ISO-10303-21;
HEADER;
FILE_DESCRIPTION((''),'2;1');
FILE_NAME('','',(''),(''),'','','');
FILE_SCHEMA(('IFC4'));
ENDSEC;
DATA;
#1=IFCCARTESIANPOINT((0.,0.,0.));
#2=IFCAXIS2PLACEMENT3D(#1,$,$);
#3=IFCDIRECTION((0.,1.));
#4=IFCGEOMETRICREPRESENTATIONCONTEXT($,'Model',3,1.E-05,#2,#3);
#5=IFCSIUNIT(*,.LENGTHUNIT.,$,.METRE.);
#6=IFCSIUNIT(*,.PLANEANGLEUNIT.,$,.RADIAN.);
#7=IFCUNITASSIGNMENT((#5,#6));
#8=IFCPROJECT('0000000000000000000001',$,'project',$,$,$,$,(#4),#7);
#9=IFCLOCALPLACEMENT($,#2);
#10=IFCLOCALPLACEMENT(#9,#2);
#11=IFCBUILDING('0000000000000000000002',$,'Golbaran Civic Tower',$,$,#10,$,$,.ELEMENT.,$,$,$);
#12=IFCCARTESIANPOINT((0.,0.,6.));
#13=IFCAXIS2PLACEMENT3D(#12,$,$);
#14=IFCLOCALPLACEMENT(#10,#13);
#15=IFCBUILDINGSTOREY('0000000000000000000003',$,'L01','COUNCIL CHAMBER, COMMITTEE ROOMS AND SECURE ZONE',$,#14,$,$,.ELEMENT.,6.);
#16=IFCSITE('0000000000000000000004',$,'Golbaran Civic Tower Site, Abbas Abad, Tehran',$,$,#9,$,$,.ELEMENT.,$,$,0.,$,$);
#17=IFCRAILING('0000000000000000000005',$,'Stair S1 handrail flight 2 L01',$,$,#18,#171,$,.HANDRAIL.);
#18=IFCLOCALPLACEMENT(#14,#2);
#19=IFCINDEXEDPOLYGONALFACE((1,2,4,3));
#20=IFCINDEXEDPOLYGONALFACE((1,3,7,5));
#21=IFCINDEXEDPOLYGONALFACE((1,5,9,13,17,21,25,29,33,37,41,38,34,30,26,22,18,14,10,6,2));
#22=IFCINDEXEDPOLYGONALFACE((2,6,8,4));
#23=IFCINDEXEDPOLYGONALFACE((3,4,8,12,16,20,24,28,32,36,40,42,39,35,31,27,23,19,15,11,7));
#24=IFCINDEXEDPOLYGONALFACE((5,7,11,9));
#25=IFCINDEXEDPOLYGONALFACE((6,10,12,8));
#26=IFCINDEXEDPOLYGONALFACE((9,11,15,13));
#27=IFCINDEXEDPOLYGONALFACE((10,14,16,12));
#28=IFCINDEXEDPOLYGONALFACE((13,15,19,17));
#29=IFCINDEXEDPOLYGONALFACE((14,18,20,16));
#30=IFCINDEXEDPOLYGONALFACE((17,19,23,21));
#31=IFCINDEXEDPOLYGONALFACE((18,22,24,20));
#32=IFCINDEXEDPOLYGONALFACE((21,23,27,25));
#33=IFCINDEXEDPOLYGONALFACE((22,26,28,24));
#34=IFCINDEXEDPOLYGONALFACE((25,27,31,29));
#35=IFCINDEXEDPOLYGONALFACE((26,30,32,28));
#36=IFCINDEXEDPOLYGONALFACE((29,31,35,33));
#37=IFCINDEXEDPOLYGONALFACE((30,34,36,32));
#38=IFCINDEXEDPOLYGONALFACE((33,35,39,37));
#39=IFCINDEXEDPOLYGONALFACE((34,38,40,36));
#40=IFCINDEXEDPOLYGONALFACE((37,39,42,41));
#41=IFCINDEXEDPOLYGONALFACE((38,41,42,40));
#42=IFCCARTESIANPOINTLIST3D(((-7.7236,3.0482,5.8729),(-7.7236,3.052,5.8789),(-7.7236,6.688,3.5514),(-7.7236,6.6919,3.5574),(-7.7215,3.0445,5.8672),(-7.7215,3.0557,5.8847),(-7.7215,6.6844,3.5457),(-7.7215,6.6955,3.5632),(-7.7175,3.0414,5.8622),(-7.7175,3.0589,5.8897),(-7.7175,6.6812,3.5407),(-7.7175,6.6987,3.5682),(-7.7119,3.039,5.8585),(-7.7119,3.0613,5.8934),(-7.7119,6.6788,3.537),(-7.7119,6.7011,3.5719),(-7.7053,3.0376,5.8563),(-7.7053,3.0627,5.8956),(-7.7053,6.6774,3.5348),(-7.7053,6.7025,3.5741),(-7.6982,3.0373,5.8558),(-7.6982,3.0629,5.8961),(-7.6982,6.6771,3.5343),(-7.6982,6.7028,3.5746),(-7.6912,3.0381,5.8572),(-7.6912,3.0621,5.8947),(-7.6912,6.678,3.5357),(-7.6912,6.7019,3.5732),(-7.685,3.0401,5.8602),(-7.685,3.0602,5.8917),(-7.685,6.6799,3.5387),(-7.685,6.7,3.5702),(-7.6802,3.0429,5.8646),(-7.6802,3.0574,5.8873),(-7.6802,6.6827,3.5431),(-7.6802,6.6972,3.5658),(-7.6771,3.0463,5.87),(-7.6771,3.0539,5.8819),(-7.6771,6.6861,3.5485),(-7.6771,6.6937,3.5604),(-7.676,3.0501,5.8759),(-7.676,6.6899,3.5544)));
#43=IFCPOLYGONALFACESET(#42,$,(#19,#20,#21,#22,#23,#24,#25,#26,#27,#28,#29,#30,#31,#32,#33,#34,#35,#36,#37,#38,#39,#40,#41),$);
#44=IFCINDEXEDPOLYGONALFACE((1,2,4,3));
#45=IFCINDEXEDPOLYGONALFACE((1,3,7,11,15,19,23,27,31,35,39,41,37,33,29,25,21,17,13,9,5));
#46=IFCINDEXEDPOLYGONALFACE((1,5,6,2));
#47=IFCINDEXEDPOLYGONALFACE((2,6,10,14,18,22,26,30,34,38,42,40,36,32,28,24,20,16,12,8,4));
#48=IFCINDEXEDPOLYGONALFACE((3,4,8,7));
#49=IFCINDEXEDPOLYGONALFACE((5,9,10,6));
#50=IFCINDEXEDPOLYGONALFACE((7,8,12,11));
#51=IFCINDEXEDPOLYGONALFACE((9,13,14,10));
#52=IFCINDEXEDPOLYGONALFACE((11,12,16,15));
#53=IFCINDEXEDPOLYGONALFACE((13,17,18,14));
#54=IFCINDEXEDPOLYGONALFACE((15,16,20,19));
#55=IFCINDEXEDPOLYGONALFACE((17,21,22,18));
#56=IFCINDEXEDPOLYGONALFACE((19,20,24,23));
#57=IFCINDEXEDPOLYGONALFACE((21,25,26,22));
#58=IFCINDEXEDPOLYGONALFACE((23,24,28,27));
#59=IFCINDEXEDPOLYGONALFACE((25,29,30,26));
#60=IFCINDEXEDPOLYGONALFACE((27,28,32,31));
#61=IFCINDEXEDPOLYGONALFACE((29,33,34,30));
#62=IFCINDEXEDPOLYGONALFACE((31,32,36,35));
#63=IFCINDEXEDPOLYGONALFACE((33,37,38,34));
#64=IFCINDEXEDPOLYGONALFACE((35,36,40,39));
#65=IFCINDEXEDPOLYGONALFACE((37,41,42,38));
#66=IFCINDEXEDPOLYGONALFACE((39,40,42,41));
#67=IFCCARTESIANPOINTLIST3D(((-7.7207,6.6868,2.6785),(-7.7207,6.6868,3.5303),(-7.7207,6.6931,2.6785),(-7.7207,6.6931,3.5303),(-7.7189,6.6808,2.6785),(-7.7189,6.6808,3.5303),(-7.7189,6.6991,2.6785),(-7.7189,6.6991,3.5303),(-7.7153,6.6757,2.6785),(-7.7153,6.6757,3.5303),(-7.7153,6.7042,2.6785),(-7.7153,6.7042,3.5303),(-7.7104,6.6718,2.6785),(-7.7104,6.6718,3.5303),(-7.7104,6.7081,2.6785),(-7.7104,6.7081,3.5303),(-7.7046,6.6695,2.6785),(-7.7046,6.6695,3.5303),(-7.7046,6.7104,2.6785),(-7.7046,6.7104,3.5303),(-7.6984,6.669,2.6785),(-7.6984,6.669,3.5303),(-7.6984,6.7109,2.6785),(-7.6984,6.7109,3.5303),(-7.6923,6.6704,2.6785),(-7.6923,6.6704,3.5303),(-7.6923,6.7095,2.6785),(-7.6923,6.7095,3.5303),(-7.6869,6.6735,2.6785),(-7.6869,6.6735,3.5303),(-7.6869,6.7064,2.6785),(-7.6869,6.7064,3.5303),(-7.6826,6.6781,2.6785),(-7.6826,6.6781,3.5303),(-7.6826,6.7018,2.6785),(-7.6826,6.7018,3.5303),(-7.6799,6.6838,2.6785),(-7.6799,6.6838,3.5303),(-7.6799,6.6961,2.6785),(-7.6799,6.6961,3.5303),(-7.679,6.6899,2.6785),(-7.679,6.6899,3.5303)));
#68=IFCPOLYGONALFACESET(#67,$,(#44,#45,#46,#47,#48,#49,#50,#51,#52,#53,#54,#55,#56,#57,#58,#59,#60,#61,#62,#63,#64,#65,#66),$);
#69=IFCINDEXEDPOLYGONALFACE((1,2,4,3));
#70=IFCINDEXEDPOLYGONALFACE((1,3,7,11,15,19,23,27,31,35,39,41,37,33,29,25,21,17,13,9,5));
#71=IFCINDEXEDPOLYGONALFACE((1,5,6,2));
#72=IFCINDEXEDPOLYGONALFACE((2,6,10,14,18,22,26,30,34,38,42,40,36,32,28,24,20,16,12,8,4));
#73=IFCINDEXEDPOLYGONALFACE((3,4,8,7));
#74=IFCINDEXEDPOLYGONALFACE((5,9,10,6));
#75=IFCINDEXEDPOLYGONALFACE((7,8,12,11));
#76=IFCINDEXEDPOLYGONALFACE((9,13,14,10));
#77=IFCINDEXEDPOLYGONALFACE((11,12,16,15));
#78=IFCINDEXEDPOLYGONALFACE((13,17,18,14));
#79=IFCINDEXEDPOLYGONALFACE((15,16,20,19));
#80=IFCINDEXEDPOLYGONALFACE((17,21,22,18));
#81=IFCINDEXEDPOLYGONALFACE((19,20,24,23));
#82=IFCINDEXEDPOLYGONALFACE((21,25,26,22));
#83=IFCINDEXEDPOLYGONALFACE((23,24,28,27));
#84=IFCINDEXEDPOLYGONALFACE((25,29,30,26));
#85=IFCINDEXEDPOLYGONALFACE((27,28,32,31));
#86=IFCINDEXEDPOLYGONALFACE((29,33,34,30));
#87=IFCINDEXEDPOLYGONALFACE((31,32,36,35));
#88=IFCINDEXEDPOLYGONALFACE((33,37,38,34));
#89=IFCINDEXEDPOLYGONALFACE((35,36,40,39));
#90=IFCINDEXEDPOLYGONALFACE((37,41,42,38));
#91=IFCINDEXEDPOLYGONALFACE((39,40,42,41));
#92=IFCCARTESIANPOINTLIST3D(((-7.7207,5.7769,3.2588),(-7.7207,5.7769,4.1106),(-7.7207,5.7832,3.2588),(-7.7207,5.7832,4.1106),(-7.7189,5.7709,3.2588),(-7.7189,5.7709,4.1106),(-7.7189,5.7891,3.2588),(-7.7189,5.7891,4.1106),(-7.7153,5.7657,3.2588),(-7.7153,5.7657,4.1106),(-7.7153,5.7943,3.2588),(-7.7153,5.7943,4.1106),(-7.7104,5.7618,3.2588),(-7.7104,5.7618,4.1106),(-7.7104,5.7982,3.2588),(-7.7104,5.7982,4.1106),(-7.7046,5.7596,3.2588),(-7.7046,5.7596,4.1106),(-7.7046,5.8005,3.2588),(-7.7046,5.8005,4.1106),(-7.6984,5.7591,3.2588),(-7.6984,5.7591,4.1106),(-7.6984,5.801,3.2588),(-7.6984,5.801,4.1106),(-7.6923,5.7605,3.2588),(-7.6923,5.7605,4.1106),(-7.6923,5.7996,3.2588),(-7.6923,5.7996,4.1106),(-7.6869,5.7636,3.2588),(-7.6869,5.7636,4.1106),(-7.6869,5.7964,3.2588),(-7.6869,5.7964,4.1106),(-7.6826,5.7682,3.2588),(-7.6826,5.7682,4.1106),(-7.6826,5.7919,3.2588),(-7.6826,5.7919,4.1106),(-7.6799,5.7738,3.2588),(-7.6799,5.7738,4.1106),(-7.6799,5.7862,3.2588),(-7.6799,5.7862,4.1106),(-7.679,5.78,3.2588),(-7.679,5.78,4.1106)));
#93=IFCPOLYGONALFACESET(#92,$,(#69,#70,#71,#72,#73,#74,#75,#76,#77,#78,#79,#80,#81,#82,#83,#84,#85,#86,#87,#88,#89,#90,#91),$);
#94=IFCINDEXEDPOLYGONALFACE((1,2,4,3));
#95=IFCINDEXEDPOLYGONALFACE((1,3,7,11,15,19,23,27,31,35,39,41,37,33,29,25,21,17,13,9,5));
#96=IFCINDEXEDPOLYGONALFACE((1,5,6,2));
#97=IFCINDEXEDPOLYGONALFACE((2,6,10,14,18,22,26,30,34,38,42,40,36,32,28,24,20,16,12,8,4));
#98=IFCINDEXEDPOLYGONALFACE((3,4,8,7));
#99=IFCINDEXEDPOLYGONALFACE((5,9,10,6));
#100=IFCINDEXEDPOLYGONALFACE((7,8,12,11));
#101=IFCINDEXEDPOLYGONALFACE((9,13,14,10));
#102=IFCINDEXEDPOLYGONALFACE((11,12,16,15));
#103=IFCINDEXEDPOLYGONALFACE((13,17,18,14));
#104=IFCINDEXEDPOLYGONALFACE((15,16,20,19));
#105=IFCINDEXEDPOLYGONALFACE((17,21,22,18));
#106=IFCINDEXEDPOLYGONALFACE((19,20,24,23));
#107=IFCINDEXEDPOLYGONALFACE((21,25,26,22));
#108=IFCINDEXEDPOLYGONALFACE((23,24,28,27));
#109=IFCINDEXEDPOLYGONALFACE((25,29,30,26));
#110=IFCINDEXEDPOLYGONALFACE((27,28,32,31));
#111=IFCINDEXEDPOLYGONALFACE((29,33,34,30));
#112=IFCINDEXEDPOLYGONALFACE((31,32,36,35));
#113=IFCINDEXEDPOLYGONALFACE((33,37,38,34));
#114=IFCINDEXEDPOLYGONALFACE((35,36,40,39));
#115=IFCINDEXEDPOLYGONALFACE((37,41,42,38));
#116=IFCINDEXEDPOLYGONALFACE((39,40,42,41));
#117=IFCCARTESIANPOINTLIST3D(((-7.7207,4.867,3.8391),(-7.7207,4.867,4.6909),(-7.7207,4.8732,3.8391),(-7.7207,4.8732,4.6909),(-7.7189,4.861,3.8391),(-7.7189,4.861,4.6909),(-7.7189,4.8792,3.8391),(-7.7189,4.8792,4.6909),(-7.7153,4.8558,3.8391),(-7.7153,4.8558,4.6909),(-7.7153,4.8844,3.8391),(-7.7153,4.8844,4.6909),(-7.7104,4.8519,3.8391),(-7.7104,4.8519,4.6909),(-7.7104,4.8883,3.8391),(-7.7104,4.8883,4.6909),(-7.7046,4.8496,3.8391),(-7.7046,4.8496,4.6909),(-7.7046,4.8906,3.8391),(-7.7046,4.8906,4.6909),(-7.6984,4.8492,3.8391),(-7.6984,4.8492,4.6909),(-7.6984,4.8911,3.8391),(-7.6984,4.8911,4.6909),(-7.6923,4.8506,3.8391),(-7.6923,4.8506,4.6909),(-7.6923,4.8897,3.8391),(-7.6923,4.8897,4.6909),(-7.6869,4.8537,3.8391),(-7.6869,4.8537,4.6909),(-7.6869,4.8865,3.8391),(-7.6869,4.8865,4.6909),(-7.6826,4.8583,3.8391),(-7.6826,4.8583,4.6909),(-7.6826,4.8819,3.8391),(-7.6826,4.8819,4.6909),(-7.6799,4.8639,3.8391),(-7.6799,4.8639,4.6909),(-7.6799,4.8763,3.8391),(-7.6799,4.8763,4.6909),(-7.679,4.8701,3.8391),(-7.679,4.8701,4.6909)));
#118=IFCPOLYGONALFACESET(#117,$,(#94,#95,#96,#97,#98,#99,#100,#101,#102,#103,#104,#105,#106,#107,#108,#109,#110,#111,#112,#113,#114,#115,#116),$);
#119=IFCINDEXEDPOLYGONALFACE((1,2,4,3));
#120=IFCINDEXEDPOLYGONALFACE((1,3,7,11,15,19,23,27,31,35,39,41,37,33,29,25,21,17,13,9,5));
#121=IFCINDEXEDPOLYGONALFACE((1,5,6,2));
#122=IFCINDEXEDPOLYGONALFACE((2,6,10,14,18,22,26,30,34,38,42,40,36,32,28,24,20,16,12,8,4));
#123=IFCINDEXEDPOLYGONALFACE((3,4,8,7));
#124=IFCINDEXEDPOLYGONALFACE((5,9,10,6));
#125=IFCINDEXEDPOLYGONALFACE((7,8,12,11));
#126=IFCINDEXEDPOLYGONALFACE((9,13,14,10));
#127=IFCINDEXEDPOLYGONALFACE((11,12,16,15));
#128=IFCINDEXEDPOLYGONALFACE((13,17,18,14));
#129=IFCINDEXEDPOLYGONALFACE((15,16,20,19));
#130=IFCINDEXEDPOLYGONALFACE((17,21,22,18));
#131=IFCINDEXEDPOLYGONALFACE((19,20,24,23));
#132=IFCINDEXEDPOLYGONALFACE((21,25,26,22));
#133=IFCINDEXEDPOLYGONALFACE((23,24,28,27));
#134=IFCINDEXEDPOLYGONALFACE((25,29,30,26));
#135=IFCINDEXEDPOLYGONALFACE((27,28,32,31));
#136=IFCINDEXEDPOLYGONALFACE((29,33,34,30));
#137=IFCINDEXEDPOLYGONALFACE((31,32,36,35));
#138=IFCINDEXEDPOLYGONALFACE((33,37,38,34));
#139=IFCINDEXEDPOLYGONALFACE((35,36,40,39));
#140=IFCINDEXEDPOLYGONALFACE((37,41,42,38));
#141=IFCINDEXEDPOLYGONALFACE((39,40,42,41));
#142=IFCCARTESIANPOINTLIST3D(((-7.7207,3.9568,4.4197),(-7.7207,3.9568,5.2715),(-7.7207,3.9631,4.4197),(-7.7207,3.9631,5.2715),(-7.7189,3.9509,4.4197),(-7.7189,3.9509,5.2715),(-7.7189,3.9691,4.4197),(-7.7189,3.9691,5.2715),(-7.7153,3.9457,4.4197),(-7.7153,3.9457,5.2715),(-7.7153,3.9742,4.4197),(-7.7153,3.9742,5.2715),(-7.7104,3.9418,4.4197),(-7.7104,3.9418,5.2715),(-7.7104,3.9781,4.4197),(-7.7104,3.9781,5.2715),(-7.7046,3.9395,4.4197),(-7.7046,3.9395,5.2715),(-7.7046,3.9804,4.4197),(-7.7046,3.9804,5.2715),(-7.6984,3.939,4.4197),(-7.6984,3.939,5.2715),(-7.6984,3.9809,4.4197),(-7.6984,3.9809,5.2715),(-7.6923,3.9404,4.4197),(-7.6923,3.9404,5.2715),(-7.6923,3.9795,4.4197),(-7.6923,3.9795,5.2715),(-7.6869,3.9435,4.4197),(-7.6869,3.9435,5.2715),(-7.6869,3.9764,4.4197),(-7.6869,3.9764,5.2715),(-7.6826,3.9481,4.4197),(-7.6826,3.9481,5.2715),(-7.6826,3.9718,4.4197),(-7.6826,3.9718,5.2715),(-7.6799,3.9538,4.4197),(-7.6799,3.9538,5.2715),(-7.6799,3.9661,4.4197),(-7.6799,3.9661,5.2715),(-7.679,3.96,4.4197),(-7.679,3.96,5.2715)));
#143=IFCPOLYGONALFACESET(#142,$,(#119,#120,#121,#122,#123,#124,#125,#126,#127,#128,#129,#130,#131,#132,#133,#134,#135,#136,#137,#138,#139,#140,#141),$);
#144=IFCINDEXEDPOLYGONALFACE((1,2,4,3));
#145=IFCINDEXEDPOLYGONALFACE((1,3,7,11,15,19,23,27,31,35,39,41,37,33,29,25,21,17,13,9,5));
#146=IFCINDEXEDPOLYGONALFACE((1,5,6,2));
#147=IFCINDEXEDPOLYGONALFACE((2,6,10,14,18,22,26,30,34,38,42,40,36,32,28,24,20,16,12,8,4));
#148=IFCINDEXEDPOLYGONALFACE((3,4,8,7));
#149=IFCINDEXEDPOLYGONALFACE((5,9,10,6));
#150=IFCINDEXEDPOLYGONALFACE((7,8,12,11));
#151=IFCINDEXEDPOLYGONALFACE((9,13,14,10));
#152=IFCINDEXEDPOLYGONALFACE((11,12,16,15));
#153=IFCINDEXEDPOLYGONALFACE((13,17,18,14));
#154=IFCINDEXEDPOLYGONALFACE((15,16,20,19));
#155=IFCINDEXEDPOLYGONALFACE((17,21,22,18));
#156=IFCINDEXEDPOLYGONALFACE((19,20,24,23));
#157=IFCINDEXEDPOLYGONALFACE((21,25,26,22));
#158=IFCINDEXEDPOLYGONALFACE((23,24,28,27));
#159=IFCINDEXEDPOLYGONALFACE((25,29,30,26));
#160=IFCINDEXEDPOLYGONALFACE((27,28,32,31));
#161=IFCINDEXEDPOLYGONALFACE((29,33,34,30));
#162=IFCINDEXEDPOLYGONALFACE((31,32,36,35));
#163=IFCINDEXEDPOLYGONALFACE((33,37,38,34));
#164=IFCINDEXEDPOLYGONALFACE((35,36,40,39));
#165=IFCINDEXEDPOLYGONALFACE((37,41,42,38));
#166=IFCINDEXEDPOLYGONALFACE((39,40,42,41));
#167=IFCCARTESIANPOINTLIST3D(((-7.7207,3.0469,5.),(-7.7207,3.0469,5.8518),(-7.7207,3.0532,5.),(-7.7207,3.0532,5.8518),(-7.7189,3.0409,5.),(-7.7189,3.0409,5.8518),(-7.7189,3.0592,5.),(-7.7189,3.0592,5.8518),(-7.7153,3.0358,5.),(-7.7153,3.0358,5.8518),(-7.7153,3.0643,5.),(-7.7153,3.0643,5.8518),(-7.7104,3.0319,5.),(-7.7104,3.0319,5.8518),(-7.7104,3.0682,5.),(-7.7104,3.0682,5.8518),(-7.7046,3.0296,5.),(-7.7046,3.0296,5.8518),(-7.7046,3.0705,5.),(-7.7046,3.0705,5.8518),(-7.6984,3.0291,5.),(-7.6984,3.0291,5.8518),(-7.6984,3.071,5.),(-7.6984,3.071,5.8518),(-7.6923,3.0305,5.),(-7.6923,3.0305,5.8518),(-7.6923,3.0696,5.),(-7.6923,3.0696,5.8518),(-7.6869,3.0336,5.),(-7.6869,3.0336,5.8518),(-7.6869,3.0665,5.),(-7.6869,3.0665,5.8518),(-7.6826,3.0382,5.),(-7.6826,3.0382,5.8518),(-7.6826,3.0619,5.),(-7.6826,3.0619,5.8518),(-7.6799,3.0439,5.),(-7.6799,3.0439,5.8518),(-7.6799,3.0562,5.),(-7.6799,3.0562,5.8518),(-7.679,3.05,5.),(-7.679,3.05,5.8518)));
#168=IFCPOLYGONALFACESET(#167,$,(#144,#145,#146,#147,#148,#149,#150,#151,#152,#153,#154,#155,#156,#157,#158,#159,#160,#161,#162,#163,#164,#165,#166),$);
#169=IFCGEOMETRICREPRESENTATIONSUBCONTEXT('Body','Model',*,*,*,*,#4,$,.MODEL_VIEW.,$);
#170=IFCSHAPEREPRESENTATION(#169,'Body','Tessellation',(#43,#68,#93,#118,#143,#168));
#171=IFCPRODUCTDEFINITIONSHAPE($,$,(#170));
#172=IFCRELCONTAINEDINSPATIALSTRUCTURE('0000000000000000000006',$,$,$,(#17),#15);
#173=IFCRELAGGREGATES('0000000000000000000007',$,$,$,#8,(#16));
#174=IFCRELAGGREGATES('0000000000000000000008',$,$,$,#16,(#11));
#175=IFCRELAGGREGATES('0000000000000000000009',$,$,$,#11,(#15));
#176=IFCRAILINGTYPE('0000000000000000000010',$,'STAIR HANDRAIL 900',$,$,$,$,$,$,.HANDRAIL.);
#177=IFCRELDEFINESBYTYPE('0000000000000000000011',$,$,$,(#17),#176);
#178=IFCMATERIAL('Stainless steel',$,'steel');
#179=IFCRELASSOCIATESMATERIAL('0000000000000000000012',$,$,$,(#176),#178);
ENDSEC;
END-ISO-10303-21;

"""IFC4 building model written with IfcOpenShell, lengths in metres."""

from ifc_helpers import new_model, si_unit, direction, frame, origin, origin_2d, place, context, subcontext, project, spatial, circle, extrude, material, type_object, element, save


model = new_model("IFC4")

# Units and contexts
model_context = context("Model", 3, precision=1e-05, world=origin(), true_north=direction((0.0, 1.0)))
body_context = subcontext(model_context, "Body", "Model", "MODEL_VIEW")
ifc_project = project(units=[si_unit("LENGTHUNIT", "METRE"), si_unit("PLANEANGLEUNIT", "RADIAN")], contexts=[model_context])

# Site, building, storey
site_placement = place(None, origin())
site = spatial("IfcSite", under=ifc_project, at=site_placement, Name="Golbaran Civic Tower Site, Abbas Abad, Tehran", CompositionType="ELEMENT", RefElevation=0.0)
building_placement = place(site_placement, origin())
building = spatial("IfcBuilding", under=site, at=building_placement, Name="Golbaran Civic Tower", CompositionType="ELEMENT")
storey_placement = place(building_placement, frame((0.0, 0.0, 6.0)))
storey = spatial("IfcBuildingStorey", under=building, at=storey_placement, Name="L01", Description="COUNCIL CHAMBER, COMMITTEE ROOMS AND SECURE ZONE", CompositionType="ELEMENT", Elevation=6.0)

# Railing
ifc_material_1 = material(Name="Stainless steel", Category="steel")
railing_type = type_object("IfcRailingType", Name="STAIR HANDRAIL 900", PredefinedType="HANDRAIL", material=ifc_material_1)
railing_1_placement = place(storey_placement, frame((-7.7, 6.6899, 2.6785)))
element("IfcRailing", 1, at=railing_1_placement, inside=storey, type_object=railing_type, Name="Stair S1 handrail flight 2 L01", PredefinedType="HANDRAIL", context=body_context, shape_type="SweptSolid", body=[
    extrude(circle(Radius=0.0239, at=origin_2d()), frame((0.0, 0.0, 0.876), z_axis=(0.0, -0.843112, 0.537739), x_axis=(1.0, 0.0, 0.0)), (0.0, 0.0, 1.0), 4.3171),
    extrude(circle(Radius=0.021, at=origin_2d()), origin(), (0.0, 0.0, 1.0), 0.8518),
    extrude(circle(Radius=0.021, at=origin_2d()), frame((0.0, -0.9099, 0.5803)), (0.0, 0.0, 1.0), 0.8518),
    extrude(circle(Radius=0.021, at=origin_2d()), frame((0.0, -1.8198, 1.1606)), (0.0, 0.0, 1.0), 0.8518),
    extrude(circle(Radius=0.021, at=origin_2d()), frame((0.0, -2.73, 1.7412)), (0.0, 0.0, 1.0), 0.8518),
    extrude(circle(Radius=0.021, at=origin_2d()), frame((0.0, -3.6399, 2.3215)), (0.0, 0.0, 1.0), 0.8518),
])

save(model, "model.ifc")
